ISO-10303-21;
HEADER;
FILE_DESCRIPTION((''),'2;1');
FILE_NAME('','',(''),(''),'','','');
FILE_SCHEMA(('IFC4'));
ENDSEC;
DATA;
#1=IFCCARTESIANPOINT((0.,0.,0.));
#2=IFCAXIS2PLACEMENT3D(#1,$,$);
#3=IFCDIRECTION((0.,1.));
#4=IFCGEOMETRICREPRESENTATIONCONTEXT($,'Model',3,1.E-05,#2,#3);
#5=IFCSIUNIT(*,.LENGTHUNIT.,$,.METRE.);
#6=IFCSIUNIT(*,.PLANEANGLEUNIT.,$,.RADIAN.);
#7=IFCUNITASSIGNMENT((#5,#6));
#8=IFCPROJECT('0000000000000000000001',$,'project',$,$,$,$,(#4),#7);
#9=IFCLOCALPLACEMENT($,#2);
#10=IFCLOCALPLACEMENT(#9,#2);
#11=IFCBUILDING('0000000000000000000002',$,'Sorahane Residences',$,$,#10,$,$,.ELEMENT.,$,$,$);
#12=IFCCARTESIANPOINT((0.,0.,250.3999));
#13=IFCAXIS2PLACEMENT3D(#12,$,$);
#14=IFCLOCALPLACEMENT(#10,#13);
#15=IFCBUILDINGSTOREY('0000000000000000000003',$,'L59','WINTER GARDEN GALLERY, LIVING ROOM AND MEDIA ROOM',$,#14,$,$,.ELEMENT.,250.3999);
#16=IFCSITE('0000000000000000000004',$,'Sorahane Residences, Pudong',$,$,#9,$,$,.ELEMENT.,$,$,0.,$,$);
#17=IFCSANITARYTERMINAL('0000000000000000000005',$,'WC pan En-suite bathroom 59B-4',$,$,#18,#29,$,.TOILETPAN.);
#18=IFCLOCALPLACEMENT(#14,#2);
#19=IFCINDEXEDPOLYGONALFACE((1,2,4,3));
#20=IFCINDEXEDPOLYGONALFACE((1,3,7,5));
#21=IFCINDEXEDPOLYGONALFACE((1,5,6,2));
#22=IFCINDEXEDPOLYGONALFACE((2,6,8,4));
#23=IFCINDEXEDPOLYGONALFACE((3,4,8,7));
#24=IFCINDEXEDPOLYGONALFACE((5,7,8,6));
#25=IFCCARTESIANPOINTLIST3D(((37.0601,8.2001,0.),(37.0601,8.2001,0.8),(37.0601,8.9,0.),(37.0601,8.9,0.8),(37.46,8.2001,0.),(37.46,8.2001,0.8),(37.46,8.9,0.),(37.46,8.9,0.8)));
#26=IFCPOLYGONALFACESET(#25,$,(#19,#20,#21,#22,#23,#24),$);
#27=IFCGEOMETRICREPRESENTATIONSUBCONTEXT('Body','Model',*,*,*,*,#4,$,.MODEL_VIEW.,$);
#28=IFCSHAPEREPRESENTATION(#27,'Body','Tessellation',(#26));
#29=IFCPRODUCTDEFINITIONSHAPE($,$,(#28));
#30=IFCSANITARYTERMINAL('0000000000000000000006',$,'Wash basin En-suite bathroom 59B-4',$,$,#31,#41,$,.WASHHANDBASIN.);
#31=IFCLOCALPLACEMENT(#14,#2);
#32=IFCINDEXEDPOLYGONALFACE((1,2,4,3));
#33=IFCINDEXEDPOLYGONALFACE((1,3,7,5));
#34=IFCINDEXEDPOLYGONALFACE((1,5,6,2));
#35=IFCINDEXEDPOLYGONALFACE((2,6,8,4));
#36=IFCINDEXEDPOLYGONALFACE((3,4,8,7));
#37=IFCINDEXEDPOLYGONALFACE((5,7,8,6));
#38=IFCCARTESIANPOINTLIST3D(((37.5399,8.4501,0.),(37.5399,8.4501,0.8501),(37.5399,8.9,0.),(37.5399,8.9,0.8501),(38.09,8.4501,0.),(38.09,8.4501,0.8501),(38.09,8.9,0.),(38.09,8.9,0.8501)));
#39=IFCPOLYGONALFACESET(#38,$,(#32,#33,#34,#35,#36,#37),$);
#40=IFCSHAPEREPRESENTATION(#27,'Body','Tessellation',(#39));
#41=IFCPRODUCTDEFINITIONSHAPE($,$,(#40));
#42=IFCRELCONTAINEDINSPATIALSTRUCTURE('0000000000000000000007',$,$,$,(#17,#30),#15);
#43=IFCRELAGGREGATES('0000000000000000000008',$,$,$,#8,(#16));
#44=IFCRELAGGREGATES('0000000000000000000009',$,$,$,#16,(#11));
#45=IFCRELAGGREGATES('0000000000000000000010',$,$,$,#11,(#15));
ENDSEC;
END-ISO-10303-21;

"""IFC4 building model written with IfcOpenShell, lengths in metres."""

from ifc_helpers import new_model, si_unit, direction, frame, origin, origin_2d, place, context, subcontext, project, spatial, rectangle, extrude, element, save


model = new_model("IFC4")

# Units and contexts
model_context = context("Model", 3, precision=1e-05, world=origin(), true_north=direction((0.0, 1.0)))
body_context = subcontext(model_context, "Body", "Model", "MODEL_VIEW")
ifc_project = project(units=[si_unit("LENGTHUNIT", "METRE"), si_unit("PLANEANGLEUNIT", "RADIAN")], contexts=[model_context])

# Site, building, storey
site_placement = place(None, origin())
site = spatial("IfcSite", under=ifc_project, at=site_placement, Name="Sorahane Residences, Pudong", CompositionType="ELEMENT", RefElevation=0.0)
building_placement = place(site_placement, origin())
building = spatial("IfcBuilding", under=site, at=building_placement, Name="Sorahane Residences", CompositionType="ELEMENT")
storey_placement = place(building_placement, frame((0.0, 0.0, 250.3999)))
storey = spatial("IfcBuildingStorey", under=building, at=storey_placement, Name="L59", Description="WINTER GARDEN GALLERY, LIVING ROOM AND MEDIA ROOM", CompositionType="ELEMENT", Elevation=250.3999)

# Sanitary terminals
sanitary_terminal_1_placement = place(storey_placement, frame((37.26, 8.55, 0.0), z_axis=(0.0, 0.0, 1.0), x_axis=(1.0, 0.0, 0.0)))
element("IfcSanitaryTerminal", 1, at=sanitary_terminal_1_placement, inside=storey, Name="WC pan En-suite bathroom 59B-4", PredefinedType="TOILETPAN", context=body_context, shape_type="SweptSolid", body=[
    extrude(rectangle(XDim=0.3999, YDim=0.7, at=origin_2d()), origin(), (0.0, 0.0, 1.0), 0.8),
])
sanitary_terminal_2_placement = place(storey_placement, frame((37.8149, 8.675, 0.0), z_axis=(0.0, 0.0, 1.0), x_axis=(1.0, 0.0, 0.0)))
element("IfcSanitaryTerminal", 2, at=sanitary_terminal_2_placement, inside=storey, Name="Wash basin En-suite bathroom 59B-4", PredefinedType="WASHHANDBASIN", context=body_context, shape_type="SweptSolid", body=[
    extrude(rectangle(XDim=0.55, YDim=0.45, at=origin_2d()), origin(), (0.0, 0.0, 1.0), 0.8501),
])

save(model, "model.ifc")
